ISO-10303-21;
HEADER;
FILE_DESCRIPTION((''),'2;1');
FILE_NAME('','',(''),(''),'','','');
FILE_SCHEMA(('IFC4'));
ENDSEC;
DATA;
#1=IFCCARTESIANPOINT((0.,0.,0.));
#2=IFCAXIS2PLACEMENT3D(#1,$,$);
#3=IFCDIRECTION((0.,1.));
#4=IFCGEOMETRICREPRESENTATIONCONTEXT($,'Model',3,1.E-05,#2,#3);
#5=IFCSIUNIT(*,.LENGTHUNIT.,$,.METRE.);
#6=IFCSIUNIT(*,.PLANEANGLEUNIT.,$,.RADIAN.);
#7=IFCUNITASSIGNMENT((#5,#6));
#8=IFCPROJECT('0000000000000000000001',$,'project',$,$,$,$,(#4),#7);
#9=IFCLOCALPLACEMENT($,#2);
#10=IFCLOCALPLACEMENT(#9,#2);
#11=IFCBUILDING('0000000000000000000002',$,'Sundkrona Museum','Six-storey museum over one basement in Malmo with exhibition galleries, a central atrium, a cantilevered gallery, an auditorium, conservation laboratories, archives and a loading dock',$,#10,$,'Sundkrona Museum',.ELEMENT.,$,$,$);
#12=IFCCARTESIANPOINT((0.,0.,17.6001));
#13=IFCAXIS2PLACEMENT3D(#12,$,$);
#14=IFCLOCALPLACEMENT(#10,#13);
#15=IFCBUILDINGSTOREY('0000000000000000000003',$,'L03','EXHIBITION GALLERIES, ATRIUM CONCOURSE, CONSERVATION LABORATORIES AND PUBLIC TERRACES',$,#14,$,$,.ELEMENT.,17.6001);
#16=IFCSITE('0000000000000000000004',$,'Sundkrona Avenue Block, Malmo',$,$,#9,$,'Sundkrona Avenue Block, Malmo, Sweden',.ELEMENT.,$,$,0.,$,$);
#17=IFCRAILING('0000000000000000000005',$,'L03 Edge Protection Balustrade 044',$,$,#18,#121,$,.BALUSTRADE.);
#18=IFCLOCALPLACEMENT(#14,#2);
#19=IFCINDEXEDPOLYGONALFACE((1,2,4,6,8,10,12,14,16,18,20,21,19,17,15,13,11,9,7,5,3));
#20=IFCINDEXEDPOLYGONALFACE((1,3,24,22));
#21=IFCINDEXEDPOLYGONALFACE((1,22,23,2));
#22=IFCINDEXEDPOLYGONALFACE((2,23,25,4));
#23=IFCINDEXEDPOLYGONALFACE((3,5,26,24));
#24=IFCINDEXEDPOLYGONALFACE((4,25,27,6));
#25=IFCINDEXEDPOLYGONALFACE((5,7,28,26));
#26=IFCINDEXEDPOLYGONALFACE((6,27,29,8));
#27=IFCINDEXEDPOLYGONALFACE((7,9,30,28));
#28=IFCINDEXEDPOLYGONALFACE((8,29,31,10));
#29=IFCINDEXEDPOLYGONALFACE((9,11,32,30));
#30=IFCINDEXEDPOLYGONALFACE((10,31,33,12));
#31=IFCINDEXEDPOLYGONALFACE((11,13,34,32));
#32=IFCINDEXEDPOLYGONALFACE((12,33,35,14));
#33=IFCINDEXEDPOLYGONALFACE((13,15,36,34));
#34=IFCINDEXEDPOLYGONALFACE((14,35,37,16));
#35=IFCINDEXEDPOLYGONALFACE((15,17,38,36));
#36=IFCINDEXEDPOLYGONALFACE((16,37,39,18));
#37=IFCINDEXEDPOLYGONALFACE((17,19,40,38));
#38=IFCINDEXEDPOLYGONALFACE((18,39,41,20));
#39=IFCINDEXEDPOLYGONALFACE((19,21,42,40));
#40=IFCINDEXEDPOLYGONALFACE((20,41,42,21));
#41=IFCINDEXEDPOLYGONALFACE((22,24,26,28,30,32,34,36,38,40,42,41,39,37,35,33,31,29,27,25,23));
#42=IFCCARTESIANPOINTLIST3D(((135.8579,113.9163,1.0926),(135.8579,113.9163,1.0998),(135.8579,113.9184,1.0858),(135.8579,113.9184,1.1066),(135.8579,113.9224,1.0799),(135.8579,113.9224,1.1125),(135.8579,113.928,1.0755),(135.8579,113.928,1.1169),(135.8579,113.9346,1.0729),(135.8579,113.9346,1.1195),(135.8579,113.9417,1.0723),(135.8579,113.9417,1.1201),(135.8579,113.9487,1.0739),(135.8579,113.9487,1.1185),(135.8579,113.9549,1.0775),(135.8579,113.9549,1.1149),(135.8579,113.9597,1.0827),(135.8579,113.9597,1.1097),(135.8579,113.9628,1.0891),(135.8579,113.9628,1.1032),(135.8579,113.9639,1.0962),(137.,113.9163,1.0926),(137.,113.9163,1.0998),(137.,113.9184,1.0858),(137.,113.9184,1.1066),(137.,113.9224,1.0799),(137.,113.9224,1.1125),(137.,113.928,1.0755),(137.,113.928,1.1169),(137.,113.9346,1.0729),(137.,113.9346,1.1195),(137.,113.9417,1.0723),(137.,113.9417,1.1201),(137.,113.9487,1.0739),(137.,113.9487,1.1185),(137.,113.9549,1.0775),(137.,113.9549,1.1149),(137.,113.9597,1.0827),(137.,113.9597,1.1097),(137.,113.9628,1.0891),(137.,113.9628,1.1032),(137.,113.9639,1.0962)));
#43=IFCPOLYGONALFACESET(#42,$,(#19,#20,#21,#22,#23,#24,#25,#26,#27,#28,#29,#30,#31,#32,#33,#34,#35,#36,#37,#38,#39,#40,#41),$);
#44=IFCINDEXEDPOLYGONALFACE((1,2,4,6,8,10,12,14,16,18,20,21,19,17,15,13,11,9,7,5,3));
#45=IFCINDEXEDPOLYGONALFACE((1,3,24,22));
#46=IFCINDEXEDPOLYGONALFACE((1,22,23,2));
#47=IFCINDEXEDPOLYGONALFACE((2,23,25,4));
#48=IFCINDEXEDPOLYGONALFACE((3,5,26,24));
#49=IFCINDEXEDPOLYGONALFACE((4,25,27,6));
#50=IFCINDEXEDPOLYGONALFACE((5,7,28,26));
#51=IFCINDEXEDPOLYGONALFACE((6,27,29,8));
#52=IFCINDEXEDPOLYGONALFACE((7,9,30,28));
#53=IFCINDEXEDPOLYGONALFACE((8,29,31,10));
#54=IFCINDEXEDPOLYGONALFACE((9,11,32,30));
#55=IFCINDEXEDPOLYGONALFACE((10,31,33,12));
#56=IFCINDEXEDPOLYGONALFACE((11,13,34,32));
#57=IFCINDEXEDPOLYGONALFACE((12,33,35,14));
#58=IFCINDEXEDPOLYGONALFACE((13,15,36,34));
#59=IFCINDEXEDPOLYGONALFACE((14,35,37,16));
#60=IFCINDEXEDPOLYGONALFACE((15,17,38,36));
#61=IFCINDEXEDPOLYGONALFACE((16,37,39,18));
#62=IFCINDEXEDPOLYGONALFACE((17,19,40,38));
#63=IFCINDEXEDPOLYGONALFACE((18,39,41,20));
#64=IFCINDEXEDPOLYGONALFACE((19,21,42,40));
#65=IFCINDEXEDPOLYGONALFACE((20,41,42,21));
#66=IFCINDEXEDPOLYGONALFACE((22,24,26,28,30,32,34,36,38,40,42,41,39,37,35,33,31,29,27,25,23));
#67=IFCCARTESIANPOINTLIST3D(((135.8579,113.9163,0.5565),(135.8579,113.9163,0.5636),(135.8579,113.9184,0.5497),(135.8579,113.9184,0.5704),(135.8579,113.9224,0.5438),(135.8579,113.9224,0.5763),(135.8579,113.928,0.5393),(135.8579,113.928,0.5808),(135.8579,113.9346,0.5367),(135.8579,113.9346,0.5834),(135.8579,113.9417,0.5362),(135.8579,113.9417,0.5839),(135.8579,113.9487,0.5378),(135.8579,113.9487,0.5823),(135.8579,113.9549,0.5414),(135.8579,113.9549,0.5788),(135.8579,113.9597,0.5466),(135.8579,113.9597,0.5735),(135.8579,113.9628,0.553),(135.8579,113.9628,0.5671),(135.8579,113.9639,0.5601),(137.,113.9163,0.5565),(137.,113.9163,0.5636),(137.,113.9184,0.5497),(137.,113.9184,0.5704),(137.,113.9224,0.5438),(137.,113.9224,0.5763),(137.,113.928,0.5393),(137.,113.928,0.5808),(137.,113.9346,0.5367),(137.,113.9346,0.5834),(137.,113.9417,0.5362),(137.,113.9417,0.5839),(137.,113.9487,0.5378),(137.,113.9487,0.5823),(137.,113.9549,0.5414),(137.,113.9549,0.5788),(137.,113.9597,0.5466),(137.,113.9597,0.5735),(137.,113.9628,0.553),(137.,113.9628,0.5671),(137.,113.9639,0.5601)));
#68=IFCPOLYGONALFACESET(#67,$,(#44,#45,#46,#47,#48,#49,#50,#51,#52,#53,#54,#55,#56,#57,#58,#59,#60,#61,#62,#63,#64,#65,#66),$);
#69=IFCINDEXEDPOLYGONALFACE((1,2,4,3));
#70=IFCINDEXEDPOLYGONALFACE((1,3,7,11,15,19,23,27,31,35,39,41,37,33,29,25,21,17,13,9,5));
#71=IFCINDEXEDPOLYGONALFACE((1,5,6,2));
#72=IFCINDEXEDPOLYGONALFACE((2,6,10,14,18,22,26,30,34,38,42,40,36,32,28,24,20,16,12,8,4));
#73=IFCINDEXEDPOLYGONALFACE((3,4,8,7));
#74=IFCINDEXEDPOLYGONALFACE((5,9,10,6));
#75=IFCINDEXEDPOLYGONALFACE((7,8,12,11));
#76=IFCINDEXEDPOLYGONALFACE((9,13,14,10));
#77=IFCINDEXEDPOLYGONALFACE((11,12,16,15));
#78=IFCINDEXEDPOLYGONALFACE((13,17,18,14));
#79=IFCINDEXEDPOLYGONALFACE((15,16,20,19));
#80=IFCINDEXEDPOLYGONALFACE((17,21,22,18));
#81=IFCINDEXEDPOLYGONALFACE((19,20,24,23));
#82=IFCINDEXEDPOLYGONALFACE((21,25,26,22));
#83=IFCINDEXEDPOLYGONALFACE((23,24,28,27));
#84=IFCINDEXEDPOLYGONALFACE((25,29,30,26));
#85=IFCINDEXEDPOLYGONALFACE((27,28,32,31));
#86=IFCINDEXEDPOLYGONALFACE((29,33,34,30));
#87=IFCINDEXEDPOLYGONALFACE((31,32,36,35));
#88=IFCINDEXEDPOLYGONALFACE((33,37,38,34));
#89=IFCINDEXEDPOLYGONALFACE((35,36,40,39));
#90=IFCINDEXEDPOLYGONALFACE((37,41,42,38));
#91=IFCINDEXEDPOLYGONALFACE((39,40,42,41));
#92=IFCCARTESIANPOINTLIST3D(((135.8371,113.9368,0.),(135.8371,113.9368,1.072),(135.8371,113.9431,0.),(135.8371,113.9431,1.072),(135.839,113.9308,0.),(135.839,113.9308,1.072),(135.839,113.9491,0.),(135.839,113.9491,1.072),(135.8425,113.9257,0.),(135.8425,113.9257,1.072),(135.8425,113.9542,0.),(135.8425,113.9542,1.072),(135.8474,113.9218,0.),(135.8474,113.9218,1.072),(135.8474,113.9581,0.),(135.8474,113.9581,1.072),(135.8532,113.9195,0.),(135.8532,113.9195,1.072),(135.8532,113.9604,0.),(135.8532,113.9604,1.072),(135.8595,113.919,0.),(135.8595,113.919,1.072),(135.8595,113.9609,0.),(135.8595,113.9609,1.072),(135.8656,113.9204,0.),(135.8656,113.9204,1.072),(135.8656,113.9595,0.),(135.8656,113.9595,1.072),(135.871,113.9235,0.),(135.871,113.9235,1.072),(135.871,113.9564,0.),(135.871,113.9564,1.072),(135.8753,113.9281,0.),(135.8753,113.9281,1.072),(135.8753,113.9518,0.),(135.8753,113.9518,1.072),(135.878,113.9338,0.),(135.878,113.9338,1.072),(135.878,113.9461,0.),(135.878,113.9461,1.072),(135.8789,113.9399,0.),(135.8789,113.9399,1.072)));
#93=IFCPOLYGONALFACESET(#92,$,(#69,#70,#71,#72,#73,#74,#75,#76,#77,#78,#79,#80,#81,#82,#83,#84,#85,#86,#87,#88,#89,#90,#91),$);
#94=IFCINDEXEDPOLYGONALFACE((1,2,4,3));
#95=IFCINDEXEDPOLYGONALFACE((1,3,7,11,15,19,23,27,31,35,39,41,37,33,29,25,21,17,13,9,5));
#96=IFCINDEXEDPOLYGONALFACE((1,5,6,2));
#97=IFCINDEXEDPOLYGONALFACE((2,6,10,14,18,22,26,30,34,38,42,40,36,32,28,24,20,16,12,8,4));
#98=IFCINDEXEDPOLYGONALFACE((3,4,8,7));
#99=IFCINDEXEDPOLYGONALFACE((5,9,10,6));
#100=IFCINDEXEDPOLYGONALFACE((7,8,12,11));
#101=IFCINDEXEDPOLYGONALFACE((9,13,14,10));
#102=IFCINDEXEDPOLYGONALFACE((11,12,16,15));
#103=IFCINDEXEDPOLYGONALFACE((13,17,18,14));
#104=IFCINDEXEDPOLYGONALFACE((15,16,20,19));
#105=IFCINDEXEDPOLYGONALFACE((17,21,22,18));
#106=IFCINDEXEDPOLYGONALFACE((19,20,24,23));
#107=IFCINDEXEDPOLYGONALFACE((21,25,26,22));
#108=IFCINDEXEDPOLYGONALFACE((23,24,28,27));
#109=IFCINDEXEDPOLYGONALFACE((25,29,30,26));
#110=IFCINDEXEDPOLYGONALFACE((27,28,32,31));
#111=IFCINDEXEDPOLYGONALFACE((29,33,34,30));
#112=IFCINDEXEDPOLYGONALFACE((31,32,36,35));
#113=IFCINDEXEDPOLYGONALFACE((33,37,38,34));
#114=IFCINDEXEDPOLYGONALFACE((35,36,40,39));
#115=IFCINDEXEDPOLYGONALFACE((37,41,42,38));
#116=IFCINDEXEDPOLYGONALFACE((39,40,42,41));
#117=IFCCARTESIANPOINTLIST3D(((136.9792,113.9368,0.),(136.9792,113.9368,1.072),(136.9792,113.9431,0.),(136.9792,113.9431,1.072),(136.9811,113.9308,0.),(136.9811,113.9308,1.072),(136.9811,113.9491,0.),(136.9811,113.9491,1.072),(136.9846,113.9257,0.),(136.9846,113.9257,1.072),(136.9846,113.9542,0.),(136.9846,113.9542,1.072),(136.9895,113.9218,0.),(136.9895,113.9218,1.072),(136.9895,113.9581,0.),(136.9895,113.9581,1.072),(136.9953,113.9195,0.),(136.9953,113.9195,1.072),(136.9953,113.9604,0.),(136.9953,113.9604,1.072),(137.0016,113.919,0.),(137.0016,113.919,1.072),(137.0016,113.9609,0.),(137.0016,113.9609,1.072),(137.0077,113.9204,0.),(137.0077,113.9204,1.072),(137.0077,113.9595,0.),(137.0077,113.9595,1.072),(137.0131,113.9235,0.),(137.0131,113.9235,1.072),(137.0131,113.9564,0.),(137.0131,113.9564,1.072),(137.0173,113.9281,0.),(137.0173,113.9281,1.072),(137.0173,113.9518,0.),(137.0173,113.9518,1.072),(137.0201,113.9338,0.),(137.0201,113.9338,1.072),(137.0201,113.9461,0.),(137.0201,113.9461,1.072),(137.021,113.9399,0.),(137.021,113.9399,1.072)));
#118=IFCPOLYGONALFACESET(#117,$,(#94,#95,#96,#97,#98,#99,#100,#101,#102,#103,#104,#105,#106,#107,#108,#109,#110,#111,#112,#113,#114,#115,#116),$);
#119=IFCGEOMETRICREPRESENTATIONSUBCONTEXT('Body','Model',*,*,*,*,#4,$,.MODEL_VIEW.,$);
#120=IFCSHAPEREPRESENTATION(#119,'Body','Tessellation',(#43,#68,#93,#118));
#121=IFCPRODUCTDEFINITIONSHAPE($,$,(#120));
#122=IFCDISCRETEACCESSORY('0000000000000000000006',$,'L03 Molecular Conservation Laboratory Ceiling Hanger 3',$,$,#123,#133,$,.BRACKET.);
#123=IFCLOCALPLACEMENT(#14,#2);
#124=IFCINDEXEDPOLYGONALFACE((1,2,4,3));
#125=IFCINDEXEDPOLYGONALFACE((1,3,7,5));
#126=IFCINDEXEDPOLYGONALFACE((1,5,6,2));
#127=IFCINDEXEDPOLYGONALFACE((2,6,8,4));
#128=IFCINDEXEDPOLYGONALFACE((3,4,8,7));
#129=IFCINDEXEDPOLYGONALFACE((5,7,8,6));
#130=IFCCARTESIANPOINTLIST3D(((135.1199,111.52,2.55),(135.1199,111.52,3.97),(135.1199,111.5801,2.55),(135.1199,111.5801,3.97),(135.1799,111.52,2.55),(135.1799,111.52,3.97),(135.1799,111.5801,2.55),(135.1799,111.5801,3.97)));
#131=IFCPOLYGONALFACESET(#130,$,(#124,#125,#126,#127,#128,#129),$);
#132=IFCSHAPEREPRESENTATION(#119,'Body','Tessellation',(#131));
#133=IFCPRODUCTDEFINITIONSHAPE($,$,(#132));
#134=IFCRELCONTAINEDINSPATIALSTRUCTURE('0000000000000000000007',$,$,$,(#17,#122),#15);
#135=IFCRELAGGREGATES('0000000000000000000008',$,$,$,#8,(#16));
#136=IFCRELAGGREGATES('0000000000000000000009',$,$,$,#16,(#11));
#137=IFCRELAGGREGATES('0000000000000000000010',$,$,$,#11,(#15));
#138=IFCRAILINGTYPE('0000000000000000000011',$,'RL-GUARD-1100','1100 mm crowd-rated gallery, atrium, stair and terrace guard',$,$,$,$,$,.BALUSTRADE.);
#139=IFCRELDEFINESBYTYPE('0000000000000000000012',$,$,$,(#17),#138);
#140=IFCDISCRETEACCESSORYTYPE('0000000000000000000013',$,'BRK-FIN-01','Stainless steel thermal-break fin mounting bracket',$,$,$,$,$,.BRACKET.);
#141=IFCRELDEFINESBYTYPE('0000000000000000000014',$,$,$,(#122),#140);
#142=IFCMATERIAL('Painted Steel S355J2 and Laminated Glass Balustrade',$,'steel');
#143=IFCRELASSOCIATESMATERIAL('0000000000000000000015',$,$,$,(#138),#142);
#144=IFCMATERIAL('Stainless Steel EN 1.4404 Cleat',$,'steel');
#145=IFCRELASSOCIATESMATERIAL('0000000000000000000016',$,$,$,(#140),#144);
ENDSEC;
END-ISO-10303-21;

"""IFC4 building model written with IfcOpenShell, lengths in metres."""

from ifc_helpers import new_model, si_unit, direction, frame, origin, origin_2d, place, context, subcontext, project, spatial, rectangle, circle, extrude, material, type_object, element, save


model = new_model("IFC4")

# Units and contexts
model_context = context("Model", 3, precision=1e-05, world=origin(), true_north=direction((0.0, 1.0)))
body_context = subcontext(model_context, "Body", "Model", "MODEL_VIEW")
ifc_project = project(units=[si_unit("LENGTHUNIT", "METRE"), si_unit("PLANEANGLEUNIT", "RADIAN")], contexts=[model_context])

# Site, building, storey
site_placement = place(None, origin())
site = spatial("IfcSite", under=ifc_project, at=site_placement, Name="Sundkrona Avenue Block, Malmo", LongName="Sundkrona Avenue Block, Malmo, Sweden", CompositionType="ELEMENT", RefElevation=0.0)
building_placement = place(site_placement, origin())
building = spatial("IfcBuilding", under=site, at=building_placement, Name="Sundkrona Museum", Description="Six-storey museum over one basement in Malmo with exhibition galleries, a central atrium, a cantilevered gallery, an auditorium, conservation laboratories, archives and a loading dock", LongName="Sundkrona Museum", CompositionType="ELEMENT")
storey_placement = place(building_placement, frame((0.0, 0.0, 17.6001)))
storey = spatial("IfcBuildingStorey", under=building, at=storey_placement, Name="L03", Description="EXHIBITION GALLERIES, ATRIUM CONCOURSE, CONSERVATION LABORATORIES AND PUBLIC TERRACES", CompositionType="ELEMENT", Elevation=17.6001)

# Railing
ifc_material_1 = material(Name="Painted Steel S355J2 and Laminated Glass Balustrade", Category="steel")
railing_type = type_object("IfcRailingType", Name="RL-GUARD-1100", Description="1100 mm crowd-rated gallery, atrium, stair and terrace guard", PredefinedType="BALUSTRADE", material=ifc_material_1)
railing_placement = place(storey_placement, frame((135.8579, 113.9399, 0.0)))
element("IfcRailing", 1, at=railing_placement, inside=storey, type_object=railing_type, Name="L03 Edge Protection Balustrade 044", PredefinedType="BALUSTRADE", context=body_context, shape_type="SweptSolid", body=[
    extrude(circle(Radius=0.0239, at=origin_2d()), frame((0.0, 0.0, 1.0962), z_axis=(1.0, 0.0, 0.0), x_axis=(0.0, 1.0, 0.0)), (0.0, 0.0, 1.0), 1.1421),
    extrude(circle(Radius=0.0239, at=origin_2d()), frame((0.0, 0.0, 0.5601), z_axis=(1.0, 0.0, 0.0), x_axis=(0.0, 1.0, 0.0)), (0.0, 0.0, 1.0), 1.1421),
    extrude(circle(Radius=0.021, at=origin_2d()), origin(), (0.0, 0.0, 1.0), 1.072),
    extrude(circle(Radius=0.021, at=origin_2d()), frame((1.1421, 0.0, 0.0)), (0.0, 0.0, 1.0), 1.072),
])

# Discrete accessory
ifc_material_2 = material(Name="Stainless Steel EN 1.4404 Cleat", Category="steel")
discrete_accessory_type = type_object("IfcDiscreteAccessoryType", Name="BRK-FIN-01", Description="Stainless steel thermal-break fin mounting bracket", PredefinedType="BRACKET", material=ifc_material_2)
discrete_accessory_placement = place(storey_placement, frame((135.1499, 111.55, 2.55), z_axis=(0.0, 0.0, 1.0), x_axis=(1.0, 0.0, 0.0)))
element("IfcDiscreteAccessory", 2, at=discrete_accessory_placement, inside=storey, type_object=discrete_accessory_type, Name="L03 Molecular Conservation Laboratory Ceiling Hanger 3", PredefinedType="BRACKET", context=body_context, shape_type="SweptSolid", body=[
    extrude(rectangle(XDim=0.0601, YDim=0.0601, at=origin_2d()), origin(), (0.0, 0.0, 1.0), 1.4199),
])

save(model, "model.ifc")
